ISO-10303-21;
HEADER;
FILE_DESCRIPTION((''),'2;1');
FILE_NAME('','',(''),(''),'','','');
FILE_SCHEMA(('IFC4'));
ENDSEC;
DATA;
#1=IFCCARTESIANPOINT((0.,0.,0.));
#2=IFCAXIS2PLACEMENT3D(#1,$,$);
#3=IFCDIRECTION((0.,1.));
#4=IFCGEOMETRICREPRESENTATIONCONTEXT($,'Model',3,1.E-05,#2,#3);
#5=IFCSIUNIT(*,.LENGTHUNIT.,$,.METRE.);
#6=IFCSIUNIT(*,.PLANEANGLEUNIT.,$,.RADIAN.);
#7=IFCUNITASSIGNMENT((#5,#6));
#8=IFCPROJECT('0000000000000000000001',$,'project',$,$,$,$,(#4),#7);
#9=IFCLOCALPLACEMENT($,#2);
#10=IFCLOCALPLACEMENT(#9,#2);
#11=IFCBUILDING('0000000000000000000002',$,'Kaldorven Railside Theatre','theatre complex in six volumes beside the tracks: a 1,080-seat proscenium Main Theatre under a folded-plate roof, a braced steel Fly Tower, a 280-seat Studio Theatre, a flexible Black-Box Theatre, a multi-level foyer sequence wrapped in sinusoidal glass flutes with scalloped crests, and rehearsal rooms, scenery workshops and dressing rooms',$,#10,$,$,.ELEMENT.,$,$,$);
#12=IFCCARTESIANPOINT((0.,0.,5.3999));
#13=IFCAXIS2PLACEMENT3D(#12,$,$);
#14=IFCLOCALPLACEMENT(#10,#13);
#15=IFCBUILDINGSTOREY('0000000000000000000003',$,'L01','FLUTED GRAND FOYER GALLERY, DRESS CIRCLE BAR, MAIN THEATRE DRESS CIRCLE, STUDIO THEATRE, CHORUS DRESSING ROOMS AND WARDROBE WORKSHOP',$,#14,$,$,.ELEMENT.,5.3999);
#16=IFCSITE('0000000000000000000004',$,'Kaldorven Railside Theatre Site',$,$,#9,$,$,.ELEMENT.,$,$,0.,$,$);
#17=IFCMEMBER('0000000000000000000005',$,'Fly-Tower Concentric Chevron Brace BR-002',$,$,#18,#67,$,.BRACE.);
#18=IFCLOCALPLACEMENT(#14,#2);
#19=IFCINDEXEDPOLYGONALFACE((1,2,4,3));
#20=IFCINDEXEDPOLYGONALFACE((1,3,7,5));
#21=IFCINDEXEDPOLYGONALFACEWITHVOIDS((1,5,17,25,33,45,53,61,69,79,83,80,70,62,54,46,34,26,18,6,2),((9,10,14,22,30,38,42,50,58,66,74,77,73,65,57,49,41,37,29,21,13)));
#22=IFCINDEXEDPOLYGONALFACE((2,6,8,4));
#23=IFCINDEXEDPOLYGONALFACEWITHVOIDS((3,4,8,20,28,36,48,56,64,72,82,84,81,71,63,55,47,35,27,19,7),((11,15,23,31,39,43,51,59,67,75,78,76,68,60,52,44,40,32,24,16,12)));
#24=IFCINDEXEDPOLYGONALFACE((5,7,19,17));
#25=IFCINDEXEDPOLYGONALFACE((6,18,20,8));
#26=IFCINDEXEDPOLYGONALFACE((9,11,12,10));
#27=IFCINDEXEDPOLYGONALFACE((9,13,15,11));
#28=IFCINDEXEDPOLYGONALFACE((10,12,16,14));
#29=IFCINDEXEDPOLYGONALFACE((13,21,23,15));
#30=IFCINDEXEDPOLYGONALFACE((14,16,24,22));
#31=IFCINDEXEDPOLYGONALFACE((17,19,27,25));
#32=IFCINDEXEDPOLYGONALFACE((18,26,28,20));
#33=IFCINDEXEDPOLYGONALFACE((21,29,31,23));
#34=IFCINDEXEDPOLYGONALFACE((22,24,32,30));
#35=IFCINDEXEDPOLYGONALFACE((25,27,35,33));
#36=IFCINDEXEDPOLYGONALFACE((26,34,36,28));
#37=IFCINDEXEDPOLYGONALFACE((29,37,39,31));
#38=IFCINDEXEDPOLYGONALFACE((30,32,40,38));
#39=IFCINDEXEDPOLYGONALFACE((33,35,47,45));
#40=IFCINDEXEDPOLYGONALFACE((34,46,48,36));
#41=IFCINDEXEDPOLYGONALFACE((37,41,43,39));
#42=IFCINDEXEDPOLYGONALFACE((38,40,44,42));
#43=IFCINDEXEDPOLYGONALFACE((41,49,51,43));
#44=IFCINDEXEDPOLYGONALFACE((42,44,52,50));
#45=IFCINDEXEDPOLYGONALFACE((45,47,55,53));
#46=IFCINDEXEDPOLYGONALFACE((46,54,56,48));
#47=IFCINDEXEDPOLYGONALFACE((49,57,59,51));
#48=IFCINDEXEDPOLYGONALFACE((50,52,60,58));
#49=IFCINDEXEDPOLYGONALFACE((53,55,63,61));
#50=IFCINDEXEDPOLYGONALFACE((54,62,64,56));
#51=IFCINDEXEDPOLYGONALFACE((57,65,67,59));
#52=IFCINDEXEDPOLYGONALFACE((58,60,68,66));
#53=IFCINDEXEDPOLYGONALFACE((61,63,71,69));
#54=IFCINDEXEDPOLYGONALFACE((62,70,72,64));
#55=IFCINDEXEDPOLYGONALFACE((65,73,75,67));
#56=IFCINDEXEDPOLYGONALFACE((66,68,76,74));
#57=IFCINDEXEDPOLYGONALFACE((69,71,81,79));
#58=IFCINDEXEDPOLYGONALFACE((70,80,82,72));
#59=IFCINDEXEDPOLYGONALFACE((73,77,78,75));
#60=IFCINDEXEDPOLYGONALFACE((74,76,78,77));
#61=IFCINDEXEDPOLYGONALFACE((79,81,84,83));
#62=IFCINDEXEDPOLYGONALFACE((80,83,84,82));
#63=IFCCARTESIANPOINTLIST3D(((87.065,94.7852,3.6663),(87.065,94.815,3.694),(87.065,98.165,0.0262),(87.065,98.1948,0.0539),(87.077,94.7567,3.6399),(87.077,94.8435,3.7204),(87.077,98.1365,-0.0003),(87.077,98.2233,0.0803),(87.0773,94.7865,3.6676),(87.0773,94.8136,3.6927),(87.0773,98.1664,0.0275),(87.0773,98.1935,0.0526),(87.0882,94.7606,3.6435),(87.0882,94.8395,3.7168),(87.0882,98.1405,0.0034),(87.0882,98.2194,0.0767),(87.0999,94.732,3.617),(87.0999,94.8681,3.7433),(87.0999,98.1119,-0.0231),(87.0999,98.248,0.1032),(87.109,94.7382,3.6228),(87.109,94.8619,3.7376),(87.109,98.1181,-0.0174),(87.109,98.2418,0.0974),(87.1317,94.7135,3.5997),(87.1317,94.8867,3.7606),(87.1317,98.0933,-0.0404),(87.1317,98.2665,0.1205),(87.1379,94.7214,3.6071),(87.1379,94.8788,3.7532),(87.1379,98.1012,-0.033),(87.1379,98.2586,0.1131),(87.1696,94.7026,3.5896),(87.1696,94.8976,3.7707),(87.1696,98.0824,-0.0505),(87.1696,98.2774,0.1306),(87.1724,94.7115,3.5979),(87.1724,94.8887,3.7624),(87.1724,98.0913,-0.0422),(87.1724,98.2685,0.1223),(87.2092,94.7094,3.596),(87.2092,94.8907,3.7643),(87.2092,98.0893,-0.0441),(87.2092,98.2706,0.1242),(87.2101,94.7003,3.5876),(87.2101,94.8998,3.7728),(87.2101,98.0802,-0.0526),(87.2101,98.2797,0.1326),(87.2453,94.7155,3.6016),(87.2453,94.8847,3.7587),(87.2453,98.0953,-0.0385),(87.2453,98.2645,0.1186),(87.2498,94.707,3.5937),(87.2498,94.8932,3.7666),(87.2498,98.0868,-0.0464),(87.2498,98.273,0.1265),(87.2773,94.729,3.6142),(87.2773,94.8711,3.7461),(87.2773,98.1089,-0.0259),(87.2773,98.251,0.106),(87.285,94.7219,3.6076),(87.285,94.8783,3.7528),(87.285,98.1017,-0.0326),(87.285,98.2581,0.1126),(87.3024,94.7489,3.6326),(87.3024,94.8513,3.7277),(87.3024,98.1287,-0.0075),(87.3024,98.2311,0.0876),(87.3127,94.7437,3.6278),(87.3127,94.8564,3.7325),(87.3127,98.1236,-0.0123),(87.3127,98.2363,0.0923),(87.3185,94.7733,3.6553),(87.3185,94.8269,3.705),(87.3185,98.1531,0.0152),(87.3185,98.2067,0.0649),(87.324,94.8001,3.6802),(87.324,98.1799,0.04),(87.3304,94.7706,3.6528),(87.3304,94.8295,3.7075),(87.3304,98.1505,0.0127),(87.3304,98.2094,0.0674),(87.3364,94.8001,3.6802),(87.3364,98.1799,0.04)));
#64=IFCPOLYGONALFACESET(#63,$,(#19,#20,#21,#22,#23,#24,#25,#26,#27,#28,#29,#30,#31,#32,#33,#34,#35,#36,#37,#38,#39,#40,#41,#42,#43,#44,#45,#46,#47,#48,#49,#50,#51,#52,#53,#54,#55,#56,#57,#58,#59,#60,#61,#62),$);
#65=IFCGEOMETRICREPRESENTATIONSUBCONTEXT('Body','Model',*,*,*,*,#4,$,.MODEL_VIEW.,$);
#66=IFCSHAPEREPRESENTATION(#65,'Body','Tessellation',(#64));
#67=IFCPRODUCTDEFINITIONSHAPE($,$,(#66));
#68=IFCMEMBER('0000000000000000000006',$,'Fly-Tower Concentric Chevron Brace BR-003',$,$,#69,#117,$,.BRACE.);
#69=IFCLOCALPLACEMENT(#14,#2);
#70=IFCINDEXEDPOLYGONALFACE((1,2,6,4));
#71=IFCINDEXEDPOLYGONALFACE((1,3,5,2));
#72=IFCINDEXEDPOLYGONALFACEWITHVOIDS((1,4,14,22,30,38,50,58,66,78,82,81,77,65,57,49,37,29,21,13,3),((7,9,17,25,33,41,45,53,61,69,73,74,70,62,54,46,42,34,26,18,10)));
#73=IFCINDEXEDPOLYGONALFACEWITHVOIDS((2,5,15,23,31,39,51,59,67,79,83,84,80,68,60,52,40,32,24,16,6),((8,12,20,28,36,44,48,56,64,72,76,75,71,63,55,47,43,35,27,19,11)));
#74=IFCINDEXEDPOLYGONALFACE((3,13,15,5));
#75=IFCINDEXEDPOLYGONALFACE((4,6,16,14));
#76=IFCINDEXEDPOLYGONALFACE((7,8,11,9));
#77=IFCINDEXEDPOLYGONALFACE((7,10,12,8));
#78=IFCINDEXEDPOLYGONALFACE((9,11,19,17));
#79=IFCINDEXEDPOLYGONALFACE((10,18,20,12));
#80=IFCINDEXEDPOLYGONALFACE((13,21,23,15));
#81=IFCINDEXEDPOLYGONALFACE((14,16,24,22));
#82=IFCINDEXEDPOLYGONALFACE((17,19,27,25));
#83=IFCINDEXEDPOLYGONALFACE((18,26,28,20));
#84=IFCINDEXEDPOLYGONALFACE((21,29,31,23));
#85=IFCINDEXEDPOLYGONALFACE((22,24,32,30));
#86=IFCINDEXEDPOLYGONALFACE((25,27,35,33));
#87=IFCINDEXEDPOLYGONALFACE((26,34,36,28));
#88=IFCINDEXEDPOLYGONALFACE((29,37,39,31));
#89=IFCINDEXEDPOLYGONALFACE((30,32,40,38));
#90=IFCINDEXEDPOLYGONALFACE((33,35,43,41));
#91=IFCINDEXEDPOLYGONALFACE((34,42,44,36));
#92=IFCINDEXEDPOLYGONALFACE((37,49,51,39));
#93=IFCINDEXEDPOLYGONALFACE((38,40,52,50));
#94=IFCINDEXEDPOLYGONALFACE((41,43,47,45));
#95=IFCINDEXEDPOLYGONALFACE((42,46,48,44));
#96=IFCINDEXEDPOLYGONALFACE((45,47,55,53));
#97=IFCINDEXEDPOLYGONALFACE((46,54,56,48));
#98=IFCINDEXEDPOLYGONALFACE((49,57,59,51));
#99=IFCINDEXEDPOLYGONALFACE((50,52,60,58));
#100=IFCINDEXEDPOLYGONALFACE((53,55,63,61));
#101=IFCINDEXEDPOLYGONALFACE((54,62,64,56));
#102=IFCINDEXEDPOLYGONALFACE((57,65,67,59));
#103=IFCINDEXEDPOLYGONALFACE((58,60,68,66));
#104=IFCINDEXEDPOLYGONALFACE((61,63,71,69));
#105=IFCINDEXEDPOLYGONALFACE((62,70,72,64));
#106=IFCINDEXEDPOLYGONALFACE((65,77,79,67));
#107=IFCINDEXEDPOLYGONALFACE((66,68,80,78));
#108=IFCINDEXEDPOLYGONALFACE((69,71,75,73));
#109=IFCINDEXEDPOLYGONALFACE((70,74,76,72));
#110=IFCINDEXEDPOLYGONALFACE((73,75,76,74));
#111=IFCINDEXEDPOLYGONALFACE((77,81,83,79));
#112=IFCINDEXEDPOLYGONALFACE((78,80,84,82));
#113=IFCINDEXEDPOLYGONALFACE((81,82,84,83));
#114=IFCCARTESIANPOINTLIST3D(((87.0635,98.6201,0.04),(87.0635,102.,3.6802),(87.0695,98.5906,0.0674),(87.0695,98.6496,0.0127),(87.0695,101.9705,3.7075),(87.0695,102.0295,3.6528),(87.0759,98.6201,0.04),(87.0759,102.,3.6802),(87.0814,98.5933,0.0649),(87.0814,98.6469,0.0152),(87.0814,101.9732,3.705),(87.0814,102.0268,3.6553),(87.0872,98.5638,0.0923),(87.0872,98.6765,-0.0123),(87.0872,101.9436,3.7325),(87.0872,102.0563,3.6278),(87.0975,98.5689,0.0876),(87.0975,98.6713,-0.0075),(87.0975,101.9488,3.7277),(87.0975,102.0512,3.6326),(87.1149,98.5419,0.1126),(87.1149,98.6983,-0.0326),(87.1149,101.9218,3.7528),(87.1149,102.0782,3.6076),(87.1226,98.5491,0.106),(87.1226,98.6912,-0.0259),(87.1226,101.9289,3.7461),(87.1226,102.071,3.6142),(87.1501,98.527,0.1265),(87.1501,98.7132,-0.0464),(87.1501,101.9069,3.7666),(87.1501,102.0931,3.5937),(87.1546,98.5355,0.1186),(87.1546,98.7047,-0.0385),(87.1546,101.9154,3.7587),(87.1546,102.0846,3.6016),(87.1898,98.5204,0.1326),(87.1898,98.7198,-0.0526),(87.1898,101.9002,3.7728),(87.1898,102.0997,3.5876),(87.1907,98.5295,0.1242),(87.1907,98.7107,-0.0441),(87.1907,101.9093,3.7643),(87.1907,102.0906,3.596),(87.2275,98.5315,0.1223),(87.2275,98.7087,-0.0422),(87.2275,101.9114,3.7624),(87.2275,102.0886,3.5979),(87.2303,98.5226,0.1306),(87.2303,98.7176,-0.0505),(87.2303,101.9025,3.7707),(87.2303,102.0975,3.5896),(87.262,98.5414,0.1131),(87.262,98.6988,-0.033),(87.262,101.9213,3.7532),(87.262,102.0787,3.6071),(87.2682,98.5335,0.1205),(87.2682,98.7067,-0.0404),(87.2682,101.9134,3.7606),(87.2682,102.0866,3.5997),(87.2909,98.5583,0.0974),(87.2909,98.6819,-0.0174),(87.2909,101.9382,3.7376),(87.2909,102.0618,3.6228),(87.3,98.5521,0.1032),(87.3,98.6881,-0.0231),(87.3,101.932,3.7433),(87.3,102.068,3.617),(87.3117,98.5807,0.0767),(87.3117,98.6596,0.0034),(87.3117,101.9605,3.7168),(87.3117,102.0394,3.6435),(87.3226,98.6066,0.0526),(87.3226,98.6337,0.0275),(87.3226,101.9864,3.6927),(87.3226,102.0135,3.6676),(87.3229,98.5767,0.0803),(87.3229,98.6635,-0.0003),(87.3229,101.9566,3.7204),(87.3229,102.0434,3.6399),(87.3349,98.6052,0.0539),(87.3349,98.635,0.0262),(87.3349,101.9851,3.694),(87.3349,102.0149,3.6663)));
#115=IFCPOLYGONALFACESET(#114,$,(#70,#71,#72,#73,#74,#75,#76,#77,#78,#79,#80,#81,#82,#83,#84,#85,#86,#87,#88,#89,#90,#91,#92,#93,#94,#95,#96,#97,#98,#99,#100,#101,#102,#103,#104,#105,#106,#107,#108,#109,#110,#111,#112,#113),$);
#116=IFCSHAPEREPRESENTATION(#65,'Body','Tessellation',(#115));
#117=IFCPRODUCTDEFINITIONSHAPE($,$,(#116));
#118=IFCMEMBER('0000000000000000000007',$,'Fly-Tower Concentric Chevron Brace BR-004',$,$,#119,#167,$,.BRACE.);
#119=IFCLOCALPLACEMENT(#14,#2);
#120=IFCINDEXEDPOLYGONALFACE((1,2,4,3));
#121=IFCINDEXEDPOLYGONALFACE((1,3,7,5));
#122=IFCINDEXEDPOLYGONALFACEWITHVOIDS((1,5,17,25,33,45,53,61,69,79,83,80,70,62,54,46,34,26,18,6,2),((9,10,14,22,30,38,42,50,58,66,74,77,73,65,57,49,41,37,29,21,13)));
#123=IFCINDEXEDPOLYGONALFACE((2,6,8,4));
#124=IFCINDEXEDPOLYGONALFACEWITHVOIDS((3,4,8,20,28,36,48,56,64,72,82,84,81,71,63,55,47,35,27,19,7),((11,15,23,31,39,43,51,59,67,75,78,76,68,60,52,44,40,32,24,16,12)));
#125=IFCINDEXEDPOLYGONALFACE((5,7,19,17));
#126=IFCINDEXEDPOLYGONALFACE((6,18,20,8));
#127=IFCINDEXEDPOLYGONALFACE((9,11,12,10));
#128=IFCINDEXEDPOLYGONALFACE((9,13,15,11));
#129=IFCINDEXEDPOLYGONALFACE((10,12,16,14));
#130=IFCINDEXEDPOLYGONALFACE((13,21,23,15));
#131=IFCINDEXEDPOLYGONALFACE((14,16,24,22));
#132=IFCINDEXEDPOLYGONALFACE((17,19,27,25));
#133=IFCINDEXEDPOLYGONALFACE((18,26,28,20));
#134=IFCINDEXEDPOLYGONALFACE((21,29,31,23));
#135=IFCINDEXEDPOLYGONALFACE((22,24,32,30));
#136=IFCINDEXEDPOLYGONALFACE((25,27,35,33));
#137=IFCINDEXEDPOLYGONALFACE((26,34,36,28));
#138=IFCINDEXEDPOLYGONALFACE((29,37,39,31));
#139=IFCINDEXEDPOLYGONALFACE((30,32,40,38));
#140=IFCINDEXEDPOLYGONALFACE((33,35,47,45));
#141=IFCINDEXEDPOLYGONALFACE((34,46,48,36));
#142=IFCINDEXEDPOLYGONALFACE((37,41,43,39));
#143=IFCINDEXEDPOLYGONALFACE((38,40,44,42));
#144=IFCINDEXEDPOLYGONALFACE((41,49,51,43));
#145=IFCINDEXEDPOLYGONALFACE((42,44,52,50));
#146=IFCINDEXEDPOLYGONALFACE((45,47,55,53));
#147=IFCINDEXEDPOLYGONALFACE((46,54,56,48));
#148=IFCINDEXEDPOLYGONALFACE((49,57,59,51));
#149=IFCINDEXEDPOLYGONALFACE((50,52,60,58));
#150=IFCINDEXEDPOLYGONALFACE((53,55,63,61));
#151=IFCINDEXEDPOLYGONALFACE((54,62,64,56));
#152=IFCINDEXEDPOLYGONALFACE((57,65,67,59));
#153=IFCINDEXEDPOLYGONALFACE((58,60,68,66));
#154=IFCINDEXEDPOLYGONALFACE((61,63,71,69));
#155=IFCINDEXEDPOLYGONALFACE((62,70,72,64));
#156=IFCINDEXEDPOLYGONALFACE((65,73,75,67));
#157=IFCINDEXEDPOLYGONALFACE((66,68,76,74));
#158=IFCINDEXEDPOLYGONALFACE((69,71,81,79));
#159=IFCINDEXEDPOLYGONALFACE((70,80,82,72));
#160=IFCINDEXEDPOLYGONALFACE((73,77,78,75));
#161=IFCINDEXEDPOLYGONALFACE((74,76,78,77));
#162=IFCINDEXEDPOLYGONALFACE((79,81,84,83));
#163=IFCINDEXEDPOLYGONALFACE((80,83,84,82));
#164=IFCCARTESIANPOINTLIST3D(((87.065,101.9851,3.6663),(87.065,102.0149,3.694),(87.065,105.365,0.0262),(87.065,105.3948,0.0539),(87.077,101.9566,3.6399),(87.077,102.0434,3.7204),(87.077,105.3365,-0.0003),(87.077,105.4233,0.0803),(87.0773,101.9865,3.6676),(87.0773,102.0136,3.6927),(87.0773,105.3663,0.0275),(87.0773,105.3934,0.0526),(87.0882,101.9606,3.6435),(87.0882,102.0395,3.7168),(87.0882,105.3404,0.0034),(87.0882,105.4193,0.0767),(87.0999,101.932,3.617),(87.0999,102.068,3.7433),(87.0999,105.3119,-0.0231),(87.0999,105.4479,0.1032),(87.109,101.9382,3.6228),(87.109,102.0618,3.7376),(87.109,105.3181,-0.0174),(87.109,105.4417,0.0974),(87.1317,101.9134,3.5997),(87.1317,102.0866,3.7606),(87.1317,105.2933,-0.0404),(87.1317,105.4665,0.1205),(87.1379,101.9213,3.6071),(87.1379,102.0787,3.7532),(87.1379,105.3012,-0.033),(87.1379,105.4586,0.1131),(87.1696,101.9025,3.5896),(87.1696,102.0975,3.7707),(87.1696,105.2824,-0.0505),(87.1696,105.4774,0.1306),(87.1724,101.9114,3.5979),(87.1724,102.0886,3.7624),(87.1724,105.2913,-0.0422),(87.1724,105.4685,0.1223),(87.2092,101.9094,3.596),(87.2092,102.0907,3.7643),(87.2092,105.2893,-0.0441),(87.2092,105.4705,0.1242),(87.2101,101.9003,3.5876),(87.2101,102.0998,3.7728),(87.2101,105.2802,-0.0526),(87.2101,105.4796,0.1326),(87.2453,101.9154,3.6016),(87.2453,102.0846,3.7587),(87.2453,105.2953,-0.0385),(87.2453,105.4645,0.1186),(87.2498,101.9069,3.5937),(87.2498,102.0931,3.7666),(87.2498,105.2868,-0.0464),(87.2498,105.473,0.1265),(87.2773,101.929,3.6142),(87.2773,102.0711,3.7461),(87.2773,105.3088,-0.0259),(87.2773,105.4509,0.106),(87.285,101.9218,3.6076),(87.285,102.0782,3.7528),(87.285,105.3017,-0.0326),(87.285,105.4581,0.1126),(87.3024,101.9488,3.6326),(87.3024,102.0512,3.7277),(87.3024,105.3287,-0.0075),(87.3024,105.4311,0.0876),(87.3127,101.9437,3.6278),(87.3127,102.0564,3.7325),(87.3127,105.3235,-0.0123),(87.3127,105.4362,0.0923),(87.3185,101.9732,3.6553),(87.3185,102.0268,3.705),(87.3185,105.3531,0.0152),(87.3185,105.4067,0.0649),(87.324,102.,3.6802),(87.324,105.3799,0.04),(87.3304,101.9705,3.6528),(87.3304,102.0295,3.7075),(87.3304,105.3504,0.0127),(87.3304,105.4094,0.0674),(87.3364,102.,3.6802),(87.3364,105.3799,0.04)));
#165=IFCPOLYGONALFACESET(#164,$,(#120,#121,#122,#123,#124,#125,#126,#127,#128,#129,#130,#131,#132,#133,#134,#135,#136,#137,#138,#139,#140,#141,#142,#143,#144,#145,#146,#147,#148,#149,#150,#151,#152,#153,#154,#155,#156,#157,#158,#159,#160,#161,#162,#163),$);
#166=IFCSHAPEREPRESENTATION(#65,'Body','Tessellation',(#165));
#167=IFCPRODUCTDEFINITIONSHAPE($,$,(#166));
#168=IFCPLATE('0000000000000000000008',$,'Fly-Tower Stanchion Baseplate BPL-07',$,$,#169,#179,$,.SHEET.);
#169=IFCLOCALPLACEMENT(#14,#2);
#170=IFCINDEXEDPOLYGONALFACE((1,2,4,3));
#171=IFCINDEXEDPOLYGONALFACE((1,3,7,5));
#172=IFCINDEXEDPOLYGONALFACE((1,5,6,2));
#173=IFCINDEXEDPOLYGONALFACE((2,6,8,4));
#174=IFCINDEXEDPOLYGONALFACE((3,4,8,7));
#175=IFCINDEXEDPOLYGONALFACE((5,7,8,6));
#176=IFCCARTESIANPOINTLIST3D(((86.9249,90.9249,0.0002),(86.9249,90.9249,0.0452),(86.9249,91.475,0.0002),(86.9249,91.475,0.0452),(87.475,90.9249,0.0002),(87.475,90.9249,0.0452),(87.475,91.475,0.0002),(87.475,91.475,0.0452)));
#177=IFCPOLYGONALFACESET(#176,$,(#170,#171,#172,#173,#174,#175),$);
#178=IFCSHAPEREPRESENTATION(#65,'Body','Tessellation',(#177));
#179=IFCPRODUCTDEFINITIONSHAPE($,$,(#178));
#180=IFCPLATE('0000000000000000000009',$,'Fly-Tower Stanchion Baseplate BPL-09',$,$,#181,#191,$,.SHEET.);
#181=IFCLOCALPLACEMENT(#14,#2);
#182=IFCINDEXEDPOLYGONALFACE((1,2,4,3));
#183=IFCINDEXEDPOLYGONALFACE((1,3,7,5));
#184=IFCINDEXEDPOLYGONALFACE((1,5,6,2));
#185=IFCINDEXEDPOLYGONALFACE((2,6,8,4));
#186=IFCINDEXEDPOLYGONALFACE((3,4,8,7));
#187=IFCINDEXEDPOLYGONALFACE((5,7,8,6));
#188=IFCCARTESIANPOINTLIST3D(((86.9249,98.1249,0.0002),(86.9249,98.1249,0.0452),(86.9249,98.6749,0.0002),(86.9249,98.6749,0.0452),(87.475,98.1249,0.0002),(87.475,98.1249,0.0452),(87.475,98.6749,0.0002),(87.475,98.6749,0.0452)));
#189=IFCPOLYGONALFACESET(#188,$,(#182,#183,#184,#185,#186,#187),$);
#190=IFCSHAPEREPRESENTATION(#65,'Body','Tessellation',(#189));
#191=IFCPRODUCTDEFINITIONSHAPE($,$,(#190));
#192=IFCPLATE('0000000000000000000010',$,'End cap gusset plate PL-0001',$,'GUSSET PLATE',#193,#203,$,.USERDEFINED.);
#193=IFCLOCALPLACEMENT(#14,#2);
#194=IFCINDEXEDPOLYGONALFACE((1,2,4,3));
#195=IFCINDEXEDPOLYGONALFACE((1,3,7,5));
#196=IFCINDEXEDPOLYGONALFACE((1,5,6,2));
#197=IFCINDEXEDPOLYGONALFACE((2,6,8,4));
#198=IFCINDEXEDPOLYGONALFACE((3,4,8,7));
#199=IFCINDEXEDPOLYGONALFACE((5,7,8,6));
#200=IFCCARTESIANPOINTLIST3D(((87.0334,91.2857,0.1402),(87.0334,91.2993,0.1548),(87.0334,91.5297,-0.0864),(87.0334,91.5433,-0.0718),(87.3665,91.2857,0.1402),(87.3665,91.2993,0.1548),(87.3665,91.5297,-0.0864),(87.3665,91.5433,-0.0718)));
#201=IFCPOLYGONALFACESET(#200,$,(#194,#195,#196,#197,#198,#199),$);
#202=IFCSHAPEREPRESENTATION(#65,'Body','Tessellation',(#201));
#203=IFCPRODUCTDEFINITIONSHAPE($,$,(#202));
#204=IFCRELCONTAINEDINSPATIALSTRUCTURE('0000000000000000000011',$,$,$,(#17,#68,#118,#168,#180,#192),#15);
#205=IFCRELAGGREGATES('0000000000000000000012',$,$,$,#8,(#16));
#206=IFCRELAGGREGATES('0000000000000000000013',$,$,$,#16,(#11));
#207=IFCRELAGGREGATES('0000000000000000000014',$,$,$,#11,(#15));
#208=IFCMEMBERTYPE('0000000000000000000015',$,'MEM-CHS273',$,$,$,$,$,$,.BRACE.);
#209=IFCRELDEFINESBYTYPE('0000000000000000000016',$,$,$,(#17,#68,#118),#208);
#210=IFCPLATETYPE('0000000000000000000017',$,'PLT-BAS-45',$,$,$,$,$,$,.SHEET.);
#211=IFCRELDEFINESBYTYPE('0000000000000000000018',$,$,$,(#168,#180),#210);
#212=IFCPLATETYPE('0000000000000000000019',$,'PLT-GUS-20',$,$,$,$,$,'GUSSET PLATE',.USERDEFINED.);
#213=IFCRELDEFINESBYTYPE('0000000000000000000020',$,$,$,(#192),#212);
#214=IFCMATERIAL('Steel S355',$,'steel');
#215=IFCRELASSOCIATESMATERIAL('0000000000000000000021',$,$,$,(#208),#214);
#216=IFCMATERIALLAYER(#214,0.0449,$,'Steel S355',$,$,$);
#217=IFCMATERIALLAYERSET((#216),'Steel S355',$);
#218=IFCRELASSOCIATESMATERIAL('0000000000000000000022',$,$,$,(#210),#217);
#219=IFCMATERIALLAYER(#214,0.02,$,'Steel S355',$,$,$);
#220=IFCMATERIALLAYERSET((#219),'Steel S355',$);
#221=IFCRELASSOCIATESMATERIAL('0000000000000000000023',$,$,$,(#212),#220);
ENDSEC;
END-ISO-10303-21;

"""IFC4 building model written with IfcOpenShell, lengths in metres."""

from ifc_helpers import new_model, si_unit, direction, frame, origin, origin_2d, place, context, subcontext, project, spatial, rectangle, hollow_circle, extrude, material, layer, layer_set, material_profile, profile_set, type_object, element, save


model = new_model("IFC4")

# Units and contexts
model_context = context("Model", 3, precision=1e-05, world=origin(), true_north=direction((0.0, 1.0)))
body_context = subcontext(model_context, "Body", "Model", "MODEL_VIEW")
ifc_project = project(units=[si_unit("LENGTHUNIT", "METRE"), si_unit("PLANEANGLEUNIT", "RADIAN")], contexts=[model_context])

# Site, building, storey
site_placement = place(None, origin())
site = spatial("IfcSite", under=ifc_project, at=site_placement, Name="Kaldorven Railside Theatre Site", CompositionType="ELEMENT", RefElevation=0.0)
building_placement = place(site_placement, origin())
building = spatial("IfcBuilding", under=site, at=building_placement, Name="Kaldorven Railside Theatre", Description="theatre complex in six volumes beside the tracks: a 1,080-seat proscenium Main Theatre under a folded-plate roof, a braced steel Fly Tower, a 280-seat Studio Theatre, a flexible Black-Box Theatre, a multi-level foyer sequence wrapped in sinusoidal glass flutes with scalloped crests, and rehearsal rooms, scenery workshops and dressing rooms", CompositionType="ELEMENT")
storey_placement = place(building_placement, frame((0.0, 0.0, 5.3999)))
storey = spatial("IfcBuildingStorey", under=building, at=storey_placement, Name="L01", Description="FLUTED GRAND FOYER GALLERY, DRESS CIRCLE BAR, MAIN THEATRE DRESS CIRCLE, STUDIO THEATRE, CHORUS DRESSING ROOMS AND WARDROBE WORKSHOP", CompositionType="ELEMENT", Elevation=5.3999)

# Shared definitions
ifc_material_1 = material(Name="Steel S355", Category="steel")

# Members
ifc_material_profile_1 = material_profile(ifc_material_1, hollow_circle(Radius=0.1365, WallThickness=0.0125, at=origin_2d()), Name="CHS 273x12.5")
ifc_profile_set_1 = profile_set([ifc_material_profile_1], Name="Steel S355")
member_type = type_object("IfcMemberType", Name="MEM-CHS273", PredefinedType="BRACE", material=ifc_profile_set_1)
for number, where, z_axis, x_axis, name in (
    (1, (87.2, 98.1799, 0.04), (0.0, -0.680425, 0.732818), (1.0, 0.0, 0.0), "Fly-Tower Concentric Chevron Brace BR-002"),
    (2, (87.2, 98.6201, 0.04), (0.0, 0.680425, 0.732818), (-1.0, 0.0, 0.0), "Fly-Tower Concentric Chevron Brace BR-003"),
    (3, (87.2, 105.3799, 0.04), (0.0, -0.680425, 0.732818), (1.0, 0.0, 0.0), "Fly-Tower Concentric Chevron Brace BR-004"),
):
    element("IfcMember", number, at=place(storey_placement, frame(where, z_axis=z_axis, x_axis=x_axis)), inside=storey, type_object=member_type, Name=name, PredefinedType="BRACE", context=body_context, shape_type="SweptSolid", body=[
        extrude(hollow_circle(Radius=0.1365, WallThickness=0.0125, at=origin_2d()), origin(), (0.0, 0.0, 1.0), 4.9673),
    ])

# Plates
ifc_layer_1 = layer(ifc_material_1, 0.0449, Name="Steel S355")
ifc_layer_set_1 = layer_set([ifc_layer_1], Name="Steel S355")
plate_type_1 = type_object("IfcPlateType", Name="PLT-BAS-45", PredefinedType="SHEET", material=ifc_layer_set_1)
for number, where, z_axis, x_axis, name in (
    (4, (87.2, 91.2, 0.0002), (0.0, 0.0, 1.0), (1.0, 0.0, 0.0), "Fly-Tower Stanchion Baseplate BPL-07"),
    (5, (87.2, 98.3999, 0.0002), (0.0, 0.0, 1.0), (1.0, 0.0, 0.0), "Fly-Tower Stanchion Baseplate BPL-09"),
):
    element("IfcPlate", number, at=place(storey_placement, frame(where, z_axis=z_axis, x_axis=x_axis)), inside=storey, type_object=plate_type_1, Name=name, PredefinedType="SHEET", context=body_context, shape_type="SweptSolid", body=[
        extrude(rectangle(XDim=0.55, YDim=0.55, at=origin_2d()), origin(), (0.0, 0.0, 1.0), 0.0449),
    ])
ifc_layer_2 = layer(ifc_material_1, 0.02, Name="Steel S355")
ifc_layer_set_2 = layer_set([ifc_layer_2], Name="Steel S355")
plate_type_2 = type_object("IfcPlateType", Name="PLT-GUS-20", ElementType="GUSSET PLATE", PredefinedType="USERDEFINED", material=ifc_layer_set_2)
for number, where, z_axis, x_axis, name in (
    (6, (87.2, 91.4077, 0.0269), (0.0, 0.680465, 0.73278), (-1.0, 0.0, 0.0), "End cap gusset plate PL-0001"),
):
    element("IfcPlate", number, at=place(storey_placement, frame(where, z_axis=z_axis, x_axis=x_axis)), inside=storey, type_object=plate_type_2, Name=name, ObjectType="GUSSET PLATE", PredefinedType="USERDEFINED", context=body_context, shape_type="SweptSolid", body=[
        extrude(rectangle(XDim=0.333, YDim=0.333, at=origin_2d()), origin(), (0.0, 0.0, 1.0), 0.02),
    ])

save(model, "model.ifc")
